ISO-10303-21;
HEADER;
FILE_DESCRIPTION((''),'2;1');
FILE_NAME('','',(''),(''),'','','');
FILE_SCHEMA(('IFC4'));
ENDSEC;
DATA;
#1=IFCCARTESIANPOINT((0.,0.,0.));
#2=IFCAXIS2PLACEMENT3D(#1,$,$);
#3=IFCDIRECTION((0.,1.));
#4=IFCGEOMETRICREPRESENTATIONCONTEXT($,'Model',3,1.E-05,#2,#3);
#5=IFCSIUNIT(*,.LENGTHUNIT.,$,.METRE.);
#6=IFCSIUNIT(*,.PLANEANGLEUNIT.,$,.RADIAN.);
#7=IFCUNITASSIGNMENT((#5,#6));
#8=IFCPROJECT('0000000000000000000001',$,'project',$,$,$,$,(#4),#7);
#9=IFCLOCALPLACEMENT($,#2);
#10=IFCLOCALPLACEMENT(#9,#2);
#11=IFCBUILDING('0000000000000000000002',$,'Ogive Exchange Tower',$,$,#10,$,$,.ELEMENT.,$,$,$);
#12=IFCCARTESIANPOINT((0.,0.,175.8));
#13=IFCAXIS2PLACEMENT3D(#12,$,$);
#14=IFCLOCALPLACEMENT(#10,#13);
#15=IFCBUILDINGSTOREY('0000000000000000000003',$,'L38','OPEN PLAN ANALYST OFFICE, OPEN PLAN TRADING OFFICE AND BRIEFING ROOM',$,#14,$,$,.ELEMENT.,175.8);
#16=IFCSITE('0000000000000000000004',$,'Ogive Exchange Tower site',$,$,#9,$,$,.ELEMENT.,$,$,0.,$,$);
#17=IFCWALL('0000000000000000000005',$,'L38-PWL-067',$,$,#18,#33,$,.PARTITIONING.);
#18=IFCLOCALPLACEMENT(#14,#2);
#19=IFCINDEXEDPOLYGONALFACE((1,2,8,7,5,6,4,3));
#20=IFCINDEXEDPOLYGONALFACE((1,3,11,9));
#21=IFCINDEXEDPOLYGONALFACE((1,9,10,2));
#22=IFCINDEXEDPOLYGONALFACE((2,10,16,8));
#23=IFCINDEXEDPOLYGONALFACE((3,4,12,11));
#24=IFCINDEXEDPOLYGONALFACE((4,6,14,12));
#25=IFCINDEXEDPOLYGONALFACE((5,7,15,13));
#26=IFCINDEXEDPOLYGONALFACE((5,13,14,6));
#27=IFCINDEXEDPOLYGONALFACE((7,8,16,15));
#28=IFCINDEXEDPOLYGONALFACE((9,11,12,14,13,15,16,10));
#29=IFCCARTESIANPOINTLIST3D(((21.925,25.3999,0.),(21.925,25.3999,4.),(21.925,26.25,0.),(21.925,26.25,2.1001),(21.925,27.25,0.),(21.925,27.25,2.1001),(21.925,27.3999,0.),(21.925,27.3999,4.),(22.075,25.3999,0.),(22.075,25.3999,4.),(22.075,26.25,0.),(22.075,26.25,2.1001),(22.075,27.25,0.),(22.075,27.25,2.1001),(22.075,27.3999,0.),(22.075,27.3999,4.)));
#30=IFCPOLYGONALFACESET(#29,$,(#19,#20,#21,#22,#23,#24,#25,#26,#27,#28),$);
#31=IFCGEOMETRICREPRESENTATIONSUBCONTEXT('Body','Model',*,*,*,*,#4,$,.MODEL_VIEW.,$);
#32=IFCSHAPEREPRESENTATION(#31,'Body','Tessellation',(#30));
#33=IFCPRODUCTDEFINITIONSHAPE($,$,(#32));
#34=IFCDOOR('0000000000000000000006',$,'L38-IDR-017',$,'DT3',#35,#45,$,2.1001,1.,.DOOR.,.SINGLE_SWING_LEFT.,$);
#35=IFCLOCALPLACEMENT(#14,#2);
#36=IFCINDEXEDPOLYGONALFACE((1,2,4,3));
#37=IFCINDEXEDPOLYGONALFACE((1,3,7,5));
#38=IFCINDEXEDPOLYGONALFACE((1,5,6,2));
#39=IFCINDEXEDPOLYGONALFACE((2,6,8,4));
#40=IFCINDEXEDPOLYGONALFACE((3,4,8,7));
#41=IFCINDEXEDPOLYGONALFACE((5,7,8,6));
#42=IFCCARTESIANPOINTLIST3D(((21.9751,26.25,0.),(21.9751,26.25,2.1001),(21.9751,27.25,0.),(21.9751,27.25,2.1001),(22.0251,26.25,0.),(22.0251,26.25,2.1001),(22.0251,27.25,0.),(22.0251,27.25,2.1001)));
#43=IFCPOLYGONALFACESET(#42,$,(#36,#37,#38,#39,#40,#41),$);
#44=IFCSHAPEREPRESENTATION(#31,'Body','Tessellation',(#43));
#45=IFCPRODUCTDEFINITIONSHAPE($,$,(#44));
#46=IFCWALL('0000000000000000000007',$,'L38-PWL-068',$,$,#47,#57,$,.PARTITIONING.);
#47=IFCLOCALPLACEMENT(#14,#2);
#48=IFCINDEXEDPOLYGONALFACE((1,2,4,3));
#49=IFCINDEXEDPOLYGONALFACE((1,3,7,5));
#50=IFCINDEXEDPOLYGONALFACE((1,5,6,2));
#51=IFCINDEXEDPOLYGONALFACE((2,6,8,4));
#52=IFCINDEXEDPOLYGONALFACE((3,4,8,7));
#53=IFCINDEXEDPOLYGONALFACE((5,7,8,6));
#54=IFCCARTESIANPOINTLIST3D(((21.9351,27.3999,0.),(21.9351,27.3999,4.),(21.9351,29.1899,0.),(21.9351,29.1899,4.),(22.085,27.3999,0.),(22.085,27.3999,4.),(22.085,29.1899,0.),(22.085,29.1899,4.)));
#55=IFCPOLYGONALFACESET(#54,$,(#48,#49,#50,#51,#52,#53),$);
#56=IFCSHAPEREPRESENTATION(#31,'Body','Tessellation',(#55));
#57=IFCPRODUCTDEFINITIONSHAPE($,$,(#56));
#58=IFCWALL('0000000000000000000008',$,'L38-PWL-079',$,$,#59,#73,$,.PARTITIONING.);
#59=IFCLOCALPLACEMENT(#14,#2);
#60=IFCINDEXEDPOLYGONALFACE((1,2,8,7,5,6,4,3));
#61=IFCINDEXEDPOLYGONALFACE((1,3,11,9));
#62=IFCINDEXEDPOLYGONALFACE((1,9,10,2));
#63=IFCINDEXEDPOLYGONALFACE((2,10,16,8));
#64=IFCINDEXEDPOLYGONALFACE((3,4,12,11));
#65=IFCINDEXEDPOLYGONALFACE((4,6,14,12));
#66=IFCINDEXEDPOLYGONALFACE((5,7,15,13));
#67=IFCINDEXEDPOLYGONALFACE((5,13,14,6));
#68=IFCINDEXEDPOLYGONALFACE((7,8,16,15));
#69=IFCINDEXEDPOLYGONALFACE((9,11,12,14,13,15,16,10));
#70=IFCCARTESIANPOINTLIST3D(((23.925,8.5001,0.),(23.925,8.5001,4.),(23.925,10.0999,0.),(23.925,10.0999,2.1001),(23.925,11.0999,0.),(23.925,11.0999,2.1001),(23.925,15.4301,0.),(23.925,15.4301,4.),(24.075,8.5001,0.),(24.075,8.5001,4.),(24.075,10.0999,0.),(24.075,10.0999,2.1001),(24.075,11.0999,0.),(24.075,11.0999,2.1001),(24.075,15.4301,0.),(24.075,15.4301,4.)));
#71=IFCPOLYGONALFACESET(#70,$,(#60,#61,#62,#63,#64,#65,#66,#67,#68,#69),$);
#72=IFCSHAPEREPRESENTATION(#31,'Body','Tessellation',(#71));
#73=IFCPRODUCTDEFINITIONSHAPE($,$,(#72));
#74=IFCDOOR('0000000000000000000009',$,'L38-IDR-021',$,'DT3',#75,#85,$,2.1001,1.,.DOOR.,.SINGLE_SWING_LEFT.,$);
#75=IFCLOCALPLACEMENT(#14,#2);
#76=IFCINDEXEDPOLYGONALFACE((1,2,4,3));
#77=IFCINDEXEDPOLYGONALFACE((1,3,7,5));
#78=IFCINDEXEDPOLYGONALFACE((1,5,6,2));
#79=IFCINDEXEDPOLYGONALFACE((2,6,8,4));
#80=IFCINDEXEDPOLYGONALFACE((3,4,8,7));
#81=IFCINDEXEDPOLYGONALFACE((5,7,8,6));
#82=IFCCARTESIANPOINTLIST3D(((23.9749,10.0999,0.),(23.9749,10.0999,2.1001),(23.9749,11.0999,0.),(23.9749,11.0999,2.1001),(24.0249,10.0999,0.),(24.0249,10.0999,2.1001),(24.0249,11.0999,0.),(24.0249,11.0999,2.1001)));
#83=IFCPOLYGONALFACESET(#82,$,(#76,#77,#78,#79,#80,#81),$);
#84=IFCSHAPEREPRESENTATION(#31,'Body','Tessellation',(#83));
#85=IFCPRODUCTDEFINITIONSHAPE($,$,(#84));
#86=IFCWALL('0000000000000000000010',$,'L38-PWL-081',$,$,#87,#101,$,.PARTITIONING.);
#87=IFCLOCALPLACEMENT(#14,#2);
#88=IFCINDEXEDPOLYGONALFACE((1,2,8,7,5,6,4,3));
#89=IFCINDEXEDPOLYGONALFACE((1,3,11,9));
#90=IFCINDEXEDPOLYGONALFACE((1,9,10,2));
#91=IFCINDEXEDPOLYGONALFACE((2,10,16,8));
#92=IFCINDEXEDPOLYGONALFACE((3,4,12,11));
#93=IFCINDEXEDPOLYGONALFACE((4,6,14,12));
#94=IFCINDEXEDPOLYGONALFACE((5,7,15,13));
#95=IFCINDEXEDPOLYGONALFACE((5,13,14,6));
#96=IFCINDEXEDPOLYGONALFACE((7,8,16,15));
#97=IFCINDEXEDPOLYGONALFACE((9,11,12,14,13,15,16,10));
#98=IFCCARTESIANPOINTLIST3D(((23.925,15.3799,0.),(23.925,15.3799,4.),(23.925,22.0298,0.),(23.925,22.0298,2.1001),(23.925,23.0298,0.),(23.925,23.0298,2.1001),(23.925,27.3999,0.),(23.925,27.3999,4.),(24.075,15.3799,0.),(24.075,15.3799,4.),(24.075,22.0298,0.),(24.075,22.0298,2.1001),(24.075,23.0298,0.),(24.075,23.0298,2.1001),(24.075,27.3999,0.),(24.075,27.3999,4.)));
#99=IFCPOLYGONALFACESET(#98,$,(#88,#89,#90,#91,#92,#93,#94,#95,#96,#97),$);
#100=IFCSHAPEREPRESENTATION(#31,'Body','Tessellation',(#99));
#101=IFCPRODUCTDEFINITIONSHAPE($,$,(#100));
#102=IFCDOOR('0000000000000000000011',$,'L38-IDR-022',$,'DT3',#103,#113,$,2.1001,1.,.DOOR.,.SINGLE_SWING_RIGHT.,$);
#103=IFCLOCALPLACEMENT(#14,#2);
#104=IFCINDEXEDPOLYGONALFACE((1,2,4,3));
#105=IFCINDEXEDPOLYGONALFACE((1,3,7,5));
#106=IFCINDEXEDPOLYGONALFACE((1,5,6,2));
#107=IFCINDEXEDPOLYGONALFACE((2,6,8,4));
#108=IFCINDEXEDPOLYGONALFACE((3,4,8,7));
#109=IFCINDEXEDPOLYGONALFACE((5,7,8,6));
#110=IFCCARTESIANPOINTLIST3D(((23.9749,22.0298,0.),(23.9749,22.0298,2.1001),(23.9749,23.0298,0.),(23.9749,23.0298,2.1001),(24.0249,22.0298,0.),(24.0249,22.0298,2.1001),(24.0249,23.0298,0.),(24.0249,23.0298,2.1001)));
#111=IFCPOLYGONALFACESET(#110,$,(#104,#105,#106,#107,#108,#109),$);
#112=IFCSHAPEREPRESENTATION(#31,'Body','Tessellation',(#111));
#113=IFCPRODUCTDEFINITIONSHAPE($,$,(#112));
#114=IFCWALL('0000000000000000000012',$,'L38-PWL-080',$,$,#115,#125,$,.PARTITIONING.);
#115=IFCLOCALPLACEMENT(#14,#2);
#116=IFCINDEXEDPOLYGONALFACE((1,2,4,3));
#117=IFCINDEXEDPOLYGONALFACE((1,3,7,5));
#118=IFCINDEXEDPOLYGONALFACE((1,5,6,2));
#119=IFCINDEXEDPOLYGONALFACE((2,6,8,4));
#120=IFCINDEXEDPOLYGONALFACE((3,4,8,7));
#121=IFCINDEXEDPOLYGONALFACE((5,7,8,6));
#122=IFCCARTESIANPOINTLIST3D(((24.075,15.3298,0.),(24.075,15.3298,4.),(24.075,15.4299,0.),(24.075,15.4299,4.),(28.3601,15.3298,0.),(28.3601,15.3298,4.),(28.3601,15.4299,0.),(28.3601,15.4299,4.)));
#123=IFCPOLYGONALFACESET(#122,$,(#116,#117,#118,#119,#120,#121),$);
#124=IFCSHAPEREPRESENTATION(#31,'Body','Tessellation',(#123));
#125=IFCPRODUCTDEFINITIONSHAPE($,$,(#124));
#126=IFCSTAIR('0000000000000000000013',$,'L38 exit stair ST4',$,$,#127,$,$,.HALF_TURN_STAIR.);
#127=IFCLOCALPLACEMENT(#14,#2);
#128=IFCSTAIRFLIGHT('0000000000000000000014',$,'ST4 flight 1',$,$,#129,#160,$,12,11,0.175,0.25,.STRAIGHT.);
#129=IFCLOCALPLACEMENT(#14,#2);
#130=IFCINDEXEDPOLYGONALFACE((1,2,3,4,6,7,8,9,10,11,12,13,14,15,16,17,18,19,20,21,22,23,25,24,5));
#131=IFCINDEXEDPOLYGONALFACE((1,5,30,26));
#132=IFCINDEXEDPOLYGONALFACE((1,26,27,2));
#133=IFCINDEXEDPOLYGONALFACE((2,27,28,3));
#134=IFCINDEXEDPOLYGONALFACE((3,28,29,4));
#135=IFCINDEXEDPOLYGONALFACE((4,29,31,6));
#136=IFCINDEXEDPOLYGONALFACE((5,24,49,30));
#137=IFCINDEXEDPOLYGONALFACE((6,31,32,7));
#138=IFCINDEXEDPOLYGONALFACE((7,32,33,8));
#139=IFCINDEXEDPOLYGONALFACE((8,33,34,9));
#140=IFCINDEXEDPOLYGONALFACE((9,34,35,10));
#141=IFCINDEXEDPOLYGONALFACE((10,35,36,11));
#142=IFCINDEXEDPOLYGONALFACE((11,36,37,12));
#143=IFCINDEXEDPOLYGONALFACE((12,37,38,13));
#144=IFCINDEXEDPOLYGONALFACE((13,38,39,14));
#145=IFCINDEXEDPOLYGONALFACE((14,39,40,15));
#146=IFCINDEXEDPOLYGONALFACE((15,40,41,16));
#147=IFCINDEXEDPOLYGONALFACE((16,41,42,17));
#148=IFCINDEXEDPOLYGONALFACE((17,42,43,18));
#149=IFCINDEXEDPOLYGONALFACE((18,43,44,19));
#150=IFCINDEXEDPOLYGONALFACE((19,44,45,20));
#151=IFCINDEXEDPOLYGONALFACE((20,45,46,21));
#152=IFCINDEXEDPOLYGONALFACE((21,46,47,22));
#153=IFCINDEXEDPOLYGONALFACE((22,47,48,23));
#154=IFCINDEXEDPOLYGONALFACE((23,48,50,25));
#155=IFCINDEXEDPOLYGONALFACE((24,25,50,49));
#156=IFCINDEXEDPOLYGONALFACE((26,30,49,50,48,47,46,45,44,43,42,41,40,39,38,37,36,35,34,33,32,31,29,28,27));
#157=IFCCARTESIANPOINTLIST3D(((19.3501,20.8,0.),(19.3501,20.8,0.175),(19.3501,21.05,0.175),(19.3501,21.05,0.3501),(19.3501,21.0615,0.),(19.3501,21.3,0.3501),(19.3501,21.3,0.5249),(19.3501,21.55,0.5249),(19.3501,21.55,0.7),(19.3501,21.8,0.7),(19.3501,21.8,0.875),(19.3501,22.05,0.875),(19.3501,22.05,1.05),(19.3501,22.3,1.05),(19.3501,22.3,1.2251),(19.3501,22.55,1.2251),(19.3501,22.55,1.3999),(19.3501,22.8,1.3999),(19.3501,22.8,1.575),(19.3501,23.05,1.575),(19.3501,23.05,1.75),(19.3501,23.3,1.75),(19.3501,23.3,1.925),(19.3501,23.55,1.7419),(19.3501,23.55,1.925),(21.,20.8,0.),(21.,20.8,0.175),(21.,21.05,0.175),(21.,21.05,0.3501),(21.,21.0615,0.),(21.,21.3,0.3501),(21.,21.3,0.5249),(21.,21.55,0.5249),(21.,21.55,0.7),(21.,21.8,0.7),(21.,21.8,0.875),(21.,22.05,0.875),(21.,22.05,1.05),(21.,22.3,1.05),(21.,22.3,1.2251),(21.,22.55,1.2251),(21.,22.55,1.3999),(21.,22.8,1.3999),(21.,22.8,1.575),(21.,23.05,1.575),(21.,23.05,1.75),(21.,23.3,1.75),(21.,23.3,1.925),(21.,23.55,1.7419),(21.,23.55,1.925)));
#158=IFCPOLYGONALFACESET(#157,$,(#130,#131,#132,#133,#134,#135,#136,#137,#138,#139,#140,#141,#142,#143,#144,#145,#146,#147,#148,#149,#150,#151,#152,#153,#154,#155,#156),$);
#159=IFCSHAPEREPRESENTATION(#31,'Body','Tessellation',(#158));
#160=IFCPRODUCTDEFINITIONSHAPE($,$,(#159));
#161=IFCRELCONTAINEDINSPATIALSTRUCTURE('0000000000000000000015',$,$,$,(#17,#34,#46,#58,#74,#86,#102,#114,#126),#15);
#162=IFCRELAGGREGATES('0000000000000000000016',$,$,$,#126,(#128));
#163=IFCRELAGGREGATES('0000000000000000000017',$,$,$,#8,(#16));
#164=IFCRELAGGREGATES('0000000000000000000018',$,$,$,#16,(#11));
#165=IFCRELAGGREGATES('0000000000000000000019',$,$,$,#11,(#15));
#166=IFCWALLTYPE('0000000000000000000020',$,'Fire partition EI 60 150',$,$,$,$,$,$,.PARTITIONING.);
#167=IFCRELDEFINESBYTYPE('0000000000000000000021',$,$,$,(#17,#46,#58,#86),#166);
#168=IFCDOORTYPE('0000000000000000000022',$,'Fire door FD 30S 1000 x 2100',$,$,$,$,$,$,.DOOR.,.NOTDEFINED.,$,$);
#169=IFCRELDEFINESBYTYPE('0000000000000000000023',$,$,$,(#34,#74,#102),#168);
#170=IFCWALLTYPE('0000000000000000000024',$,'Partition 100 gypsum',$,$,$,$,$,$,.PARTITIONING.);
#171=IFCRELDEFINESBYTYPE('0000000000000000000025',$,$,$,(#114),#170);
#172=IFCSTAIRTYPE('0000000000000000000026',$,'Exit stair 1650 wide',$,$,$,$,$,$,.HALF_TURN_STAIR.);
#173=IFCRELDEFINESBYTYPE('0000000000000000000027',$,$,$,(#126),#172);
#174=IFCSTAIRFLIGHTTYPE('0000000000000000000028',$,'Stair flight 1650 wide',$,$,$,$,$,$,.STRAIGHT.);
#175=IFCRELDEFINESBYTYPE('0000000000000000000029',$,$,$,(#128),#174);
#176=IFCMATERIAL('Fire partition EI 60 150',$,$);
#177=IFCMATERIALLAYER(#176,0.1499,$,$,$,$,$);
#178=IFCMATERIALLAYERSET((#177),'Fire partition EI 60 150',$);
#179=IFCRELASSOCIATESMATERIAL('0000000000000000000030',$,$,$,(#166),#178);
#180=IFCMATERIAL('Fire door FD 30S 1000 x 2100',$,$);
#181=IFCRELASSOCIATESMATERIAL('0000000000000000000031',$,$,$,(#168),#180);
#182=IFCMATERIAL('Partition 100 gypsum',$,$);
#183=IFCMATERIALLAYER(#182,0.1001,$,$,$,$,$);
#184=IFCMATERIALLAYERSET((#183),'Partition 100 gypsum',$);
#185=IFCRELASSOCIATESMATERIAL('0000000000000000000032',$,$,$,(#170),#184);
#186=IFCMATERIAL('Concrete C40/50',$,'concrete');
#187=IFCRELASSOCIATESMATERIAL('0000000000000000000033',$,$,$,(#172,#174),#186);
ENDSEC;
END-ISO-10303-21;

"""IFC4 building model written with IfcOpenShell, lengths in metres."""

from ifc_helpers import new_model, si_unit, direction, frame, frame_2d, origin, place, context, subcontext, project, spatial, polyline, rectangle, outline, extrude, material, layer, layer_set, type_object, element, fill, aggregate, save


model = new_model("IFC4")

# Units and contexts
model_context = context("Model", 3, precision=1e-05, world=origin(), true_north=direction((0.0, 1.0)))
body_context = subcontext(model_context, "Body", "Model", "MODEL_VIEW")
ifc_project = project(units=[si_unit("LENGTHUNIT", "METRE"), si_unit("PLANEANGLEUNIT", "RADIAN")], contexts=[model_context])

# Site, building, storey
site_placement = place(None, origin())
site = spatial("IfcSite", under=ifc_project, at=site_placement, Name="Ogive Exchange Tower site", CompositionType="ELEMENT", RefElevation=0.0)
building_placement = place(site_placement, origin())
building = spatial("IfcBuilding", under=site, at=building_placement, Name="Ogive Exchange Tower", CompositionType="ELEMENT")
storey_placement = place(building_placement, frame((0.0, 0.0, 175.8)))
storey = spatial("IfcBuildingStorey", under=building, at=storey_placement, Name="L38", Description="OPEN PLAN ANALYST OFFICE, OPEN PLAN TRADING OFFICE AND BRIEFING ROOM", CompositionType="ELEMENT", Elevation=175.8)

# Wall, opening, door
ifc_material_1 = material(Name="Fire partition EI 60 150")
ifc_layer_1 = layer(ifc_material_1, 0.1499)
ifc_layer_set_1 = layer_set([ifc_layer_1], Name="Fire partition EI 60 150")
wall_type_1 = type_object("IfcWallType", Name="Fire partition EI 60 150", PredefinedType="PARTITIONING", material=ifc_layer_set_1)
wall_1_placement = place(storey_placement, frame((22.0, 25.3999, 0.0), z_axis=(0.0, 0.0, 1.0), x_axis=(0.0, 1.0, 0.0)))
wall_1 = element("IfcWall", 1, at=wall_1_placement, inside=storey, type_object=wall_type_1, Name="L38-PWL-067", PredefinedType="PARTITIONING", context=body_context, shape_type="SweptSolid", body=[
    extrude(rectangle(XDim=2.0, YDim=0.1499, at=frame_2d((1.0, 0.0))), origin(), (0.0, 0.0, 1.0), 4.0),
])
opening_1_placement = place(wall_1_placement, frame((0.8501, 0.0, 0.0)))
opening_1 = element("IfcOpeningElement", 2, at=opening_1_placement, cuts=wall_1, PredefinedType="OPENING", context=body_context, shape_type="SweptSolid", body=[
    extrude(rectangle(XDim=1.0, YDim=2.1001, at=frame_2d((0.5, 1.05))), frame((0.0, 0.085, 0.0), z_axis=(0.0, -1.0, 0.0), x_axis=(1.0, 0.0, 0.0)), (0.0, 0.0, 1.0), 0.1699),
])
ifc_material_2 = material(Name="Fire door FD 30S 1000 x 2100")
door_type = type_object("IfcDoorType", Name="Fire door FD 30S 1000 x 2100", OperationType="NOTDEFINED", PredefinedType="DOOR", material=ifc_material_2)
door_1_placement = place(opening_1_placement, origin())
door_1 = element("IfcDoor", 3, at=door_1_placement, inside=storey, type_object=door_type, Name="L38-IDR-017", ObjectType="DT3", OperationType="SINGLE_SWING_LEFT", OverallHeight=2.1001, OverallWidth=1.0, PredefinedType="DOOR", context=body_context, shape_type="SweptSolid", body=[
    extrude(rectangle(XDim=1.0, YDim=2.1001, at=frame_2d((0.5, 1.05))), frame((0.0, 0.0249, 0.0), z_axis=(0.0, -1.0, 0.0), x_axis=(1.0, 0.0, 0.0)), (0.0, 0.0, 1.0), 0.05),
])
fill(opening_1, door_1)

# Wall
wall_2_placement = place(storey_placement, frame((22.01, 27.3999, 0.0), z_axis=(0.0, 0.0, 1.0), x_axis=(0.0, 1.0, 0.0)))
element("IfcWall", 4, at=wall_2_placement, inside=storey, type_object=wall_type_1, Name="L38-PWL-068", PredefinedType="PARTITIONING", context=body_context, shape_type="SweptSolid", body=[
    extrude(rectangle(XDim=1.79, YDim=0.1499, at=frame_2d((0.895, 0.0))), origin(), (0.0, 0.0, 1.0), 4.0),
])

# Walls, openings, doors
wall_3_placement = place(storey_placement, frame((24.0, 15.4299, 0.0), z_axis=(0.0, 0.0, 1.0), x_axis=(0.0, -1.0, 0.0)))
wall_3 = element("IfcWall", 5, at=wall_3_placement, inside=storey, type_object=wall_type_1, Name="L38-PWL-079", PredefinedType="PARTITIONING", context=body_context, shape_type="SweptSolid", body=[
    extrude(rectangle(XDim=6.9299, YDim=0.1499, at=frame_2d((3.4648, 0.0))), origin(), (0.0, 0.0, 1.0), 4.0),
])
opening_2_placement = place(wall_3_placement, frame((4.3301, 0.0, 0.0)))
opening_2 = element("IfcOpeningElement", 6, at=opening_2_placement, cuts=wall_3, PredefinedType="OPENING", context=body_context, shape_type="SweptSolid", body=[
    extrude(rectangle(XDim=1.0, YDim=2.1001, at=frame_2d((0.5, 1.05))), frame((0.0, 0.085, 0.0), z_axis=(0.0, -1.0, 0.0), x_axis=(1.0, 0.0, 0.0)), (0.0, 0.0, 1.0), 0.1699),
])
door_2_placement = place(opening_2_placement, origin())
door_2 = element("IfcDoor", 7, at=door_2_placement, inside=storey, type_object=door_type, Name="L38-IDR-021", ObjectType="DT3", OperationType="SINGLE_SWING_LEFT", OverallHeight=2.1001, OverallWidth=1.0, PredefinedType="DOOR", context=body_context, shape_type="SweptSolid", body=[
    extrude(rectangle(XDim=1.0, YDim=2.1001, at=frame_2d((0.5, 1.05))), frame((0.0, 0.0249, 0.0), z_axis=(0.0, -1.0, 0.0), x_axis=(1.0, 0.0, 0.0)), (0.0, 0.0, 1.0), 0.05),
])
fill(opening_2, door_2)
wall_4_placement = place(storey_placement, frame((24.0, 27.3999, 0.0), z_axis=(0.0, 0.0, 1.0), x_axis=(0.0, -1.0, 0.0)))
wall_4 = element("IfcWall", 8, at=wall_4_placement, inside=storey, type_object=wall_type_1, Name="L38-PWL-081", PredefinedType="PARTITIONING", context=body_context, shape_type="SweptSolid", body=[
    extrude(rectangle(XDim=12.02, YDim=0.1499, at=frame_2d((6.01, 0.0))), origin(), (0.0, 0.0, 1.0), 4.0),
])
opening_3_placement = place(wall_4_placement, frame((4.3701, 0.0, 0.0)))
opening_3 = element("IfcOpeningElement", 9, at=opening_3_placement, cuts=wall_4, PredefinedType="OPENING", context=body_context, shape_type="SweptSolid", body=[
    extrude(rectangle(XDim=1.0, YDim=2.1001, at=frame_2d((0.5, 1.05))), frame((0.0, 0.085, 0.0), z_axis=(0.0, -1.0, 0.0), x_axis=(1.0, 0.0, 0.0)), (0.0, 0.0, 1.0), 0.1699),
])
door_3_placement = place(opening_3_placement, origin())
door_3 = element("IfcDoor", 10, at=door_3_placement, inside=storey, type_object=door_type, Name="L38-IDR-022", ObjectType="DT3", OperationType="SINGLE_SWING_RIGHT", OverallHeight=2.1001, OverallWidth=1.0, PredefinedType="DOOR", context=body_context, shape_type="SweptSolid", body=[
    extrude(rectangle(XDim=1.0, YDim=2.1001, at=frame_2d((0.5, 1.05))), frame((0.0, 0.0249, 0.0), z_axis=(0.0, -1.0, 0.0), x_axis=(1.0, 0.0, 0.0)), (0.0, 0.0, 1.0), 0.05),
])
fill(opening_3, door_3)

# Wall
ifc_material_3 = material(Name="Partition 100 gypsum")
ifc_layer_2 = layer(ifc_material_3, 0.1001)
ifc_layer_set_2 = layer_set([ifc_layer_2], Name="Partition 100 gypsum")
wall_type_2 = type_object("IfcWallType", Name="Partition 100 gypsum", PredefinedType="PARTITIONING", material=ifc_layer_set_2)
wall_5_placement = place(storey_placement, frame((24.075, 15.3799, 0.0), z_axis=(0.0, 0.0, 1.0), x_axis=(1.0, 0.0, 0.0)))
element("IfcWall", 11, at=wall_5_placement, inside=storey, type_object=wall_type_2, Name="L38-PWL-080", PredefinedType="PARTITIONING", context=body_context, shape_type="SweptSolid", body=[
    extrude(rectangle(XDim=4.2852, YDim=0.1001, at=frame_2d((2.1426, 0.0))), origin(), (0.0, 0.0, 1.0), 4.0),
])

# Stair, stair flight
ifc_material_4 = material(Name="Concrete C40/50", Category="concrete")
stair_type = type_object("IfcStairType", Name="Exit stair 1650 wide", PredefinedType="HALF_TURN_STAIR", material=ifc_material_4)
stair_placement = place(storey_placement, origin())
stair = element("IfcStair", 12, at=stair_placement, inside=storey, type_object=stair_type, Name="L38 exit stair ST4", PredefinedType="HALF_TURN_STAIR")
stair_flight_type = type_object("IfcStairFlightType", Name="Stair flight 1650 wide", PredefinedType="STRAIGHT", material=ifc_material_4)
stair_flight_1_placement = place(storey_placement, frame((20.175, 20.8, 0.0), z_axis=(0.0, 0.0, 1.0), x_axis=(0.0, 1.0, 0.0)))
stair_flight_1 = element("IfcStairFlight", 13, at=stair_flight_1_placement, type_object=stair_flight_type, Name="ST4 flight 1", NumberOfRisers=12, NumberOfTreads=11, PredefinedType="STRAIGHT", RiserHeight=0.175, TreadLength=0.25, context=body_context, shape_type="SweptSolid", body=[
    extrude(outline(polyline([(0.0, 0.0), (0.0, 0.175), (0.25, 0.175), (0.25, 0.3501), (0.5, 0.3501), (0.5, 0.5249), (0.75, 0.5249), (0.75, 0.7), (1.0, 0.7), (1.0, 0.875), (1.25, 0.875), (1.25, 1.05), (1.5, 1.05), (1.5, 1.2251), (1.75, 1.2251), (1.75, 1.3999), (2.0, 1.3999), (2.0, 1.575), (2.25, 1.575), (2.25, 1.75), (2.5, 1.75), (2.5, 1.925), (2.75, 1.925), (2.75, 2.1001), (2.75, 1.7419), (0.2615, 0.0), (0.0, 0.0)])), frame((0.0, 0.825, 0.0), z_axis=(0.0, -1.0, 0.0), x_axis=(1.0, 0.0, 0.0)), (0.0, 0.0, 1.0), 1.6499),
])
aggregate(stair, [stair_flight_1])

save(model, "model.ifc")
